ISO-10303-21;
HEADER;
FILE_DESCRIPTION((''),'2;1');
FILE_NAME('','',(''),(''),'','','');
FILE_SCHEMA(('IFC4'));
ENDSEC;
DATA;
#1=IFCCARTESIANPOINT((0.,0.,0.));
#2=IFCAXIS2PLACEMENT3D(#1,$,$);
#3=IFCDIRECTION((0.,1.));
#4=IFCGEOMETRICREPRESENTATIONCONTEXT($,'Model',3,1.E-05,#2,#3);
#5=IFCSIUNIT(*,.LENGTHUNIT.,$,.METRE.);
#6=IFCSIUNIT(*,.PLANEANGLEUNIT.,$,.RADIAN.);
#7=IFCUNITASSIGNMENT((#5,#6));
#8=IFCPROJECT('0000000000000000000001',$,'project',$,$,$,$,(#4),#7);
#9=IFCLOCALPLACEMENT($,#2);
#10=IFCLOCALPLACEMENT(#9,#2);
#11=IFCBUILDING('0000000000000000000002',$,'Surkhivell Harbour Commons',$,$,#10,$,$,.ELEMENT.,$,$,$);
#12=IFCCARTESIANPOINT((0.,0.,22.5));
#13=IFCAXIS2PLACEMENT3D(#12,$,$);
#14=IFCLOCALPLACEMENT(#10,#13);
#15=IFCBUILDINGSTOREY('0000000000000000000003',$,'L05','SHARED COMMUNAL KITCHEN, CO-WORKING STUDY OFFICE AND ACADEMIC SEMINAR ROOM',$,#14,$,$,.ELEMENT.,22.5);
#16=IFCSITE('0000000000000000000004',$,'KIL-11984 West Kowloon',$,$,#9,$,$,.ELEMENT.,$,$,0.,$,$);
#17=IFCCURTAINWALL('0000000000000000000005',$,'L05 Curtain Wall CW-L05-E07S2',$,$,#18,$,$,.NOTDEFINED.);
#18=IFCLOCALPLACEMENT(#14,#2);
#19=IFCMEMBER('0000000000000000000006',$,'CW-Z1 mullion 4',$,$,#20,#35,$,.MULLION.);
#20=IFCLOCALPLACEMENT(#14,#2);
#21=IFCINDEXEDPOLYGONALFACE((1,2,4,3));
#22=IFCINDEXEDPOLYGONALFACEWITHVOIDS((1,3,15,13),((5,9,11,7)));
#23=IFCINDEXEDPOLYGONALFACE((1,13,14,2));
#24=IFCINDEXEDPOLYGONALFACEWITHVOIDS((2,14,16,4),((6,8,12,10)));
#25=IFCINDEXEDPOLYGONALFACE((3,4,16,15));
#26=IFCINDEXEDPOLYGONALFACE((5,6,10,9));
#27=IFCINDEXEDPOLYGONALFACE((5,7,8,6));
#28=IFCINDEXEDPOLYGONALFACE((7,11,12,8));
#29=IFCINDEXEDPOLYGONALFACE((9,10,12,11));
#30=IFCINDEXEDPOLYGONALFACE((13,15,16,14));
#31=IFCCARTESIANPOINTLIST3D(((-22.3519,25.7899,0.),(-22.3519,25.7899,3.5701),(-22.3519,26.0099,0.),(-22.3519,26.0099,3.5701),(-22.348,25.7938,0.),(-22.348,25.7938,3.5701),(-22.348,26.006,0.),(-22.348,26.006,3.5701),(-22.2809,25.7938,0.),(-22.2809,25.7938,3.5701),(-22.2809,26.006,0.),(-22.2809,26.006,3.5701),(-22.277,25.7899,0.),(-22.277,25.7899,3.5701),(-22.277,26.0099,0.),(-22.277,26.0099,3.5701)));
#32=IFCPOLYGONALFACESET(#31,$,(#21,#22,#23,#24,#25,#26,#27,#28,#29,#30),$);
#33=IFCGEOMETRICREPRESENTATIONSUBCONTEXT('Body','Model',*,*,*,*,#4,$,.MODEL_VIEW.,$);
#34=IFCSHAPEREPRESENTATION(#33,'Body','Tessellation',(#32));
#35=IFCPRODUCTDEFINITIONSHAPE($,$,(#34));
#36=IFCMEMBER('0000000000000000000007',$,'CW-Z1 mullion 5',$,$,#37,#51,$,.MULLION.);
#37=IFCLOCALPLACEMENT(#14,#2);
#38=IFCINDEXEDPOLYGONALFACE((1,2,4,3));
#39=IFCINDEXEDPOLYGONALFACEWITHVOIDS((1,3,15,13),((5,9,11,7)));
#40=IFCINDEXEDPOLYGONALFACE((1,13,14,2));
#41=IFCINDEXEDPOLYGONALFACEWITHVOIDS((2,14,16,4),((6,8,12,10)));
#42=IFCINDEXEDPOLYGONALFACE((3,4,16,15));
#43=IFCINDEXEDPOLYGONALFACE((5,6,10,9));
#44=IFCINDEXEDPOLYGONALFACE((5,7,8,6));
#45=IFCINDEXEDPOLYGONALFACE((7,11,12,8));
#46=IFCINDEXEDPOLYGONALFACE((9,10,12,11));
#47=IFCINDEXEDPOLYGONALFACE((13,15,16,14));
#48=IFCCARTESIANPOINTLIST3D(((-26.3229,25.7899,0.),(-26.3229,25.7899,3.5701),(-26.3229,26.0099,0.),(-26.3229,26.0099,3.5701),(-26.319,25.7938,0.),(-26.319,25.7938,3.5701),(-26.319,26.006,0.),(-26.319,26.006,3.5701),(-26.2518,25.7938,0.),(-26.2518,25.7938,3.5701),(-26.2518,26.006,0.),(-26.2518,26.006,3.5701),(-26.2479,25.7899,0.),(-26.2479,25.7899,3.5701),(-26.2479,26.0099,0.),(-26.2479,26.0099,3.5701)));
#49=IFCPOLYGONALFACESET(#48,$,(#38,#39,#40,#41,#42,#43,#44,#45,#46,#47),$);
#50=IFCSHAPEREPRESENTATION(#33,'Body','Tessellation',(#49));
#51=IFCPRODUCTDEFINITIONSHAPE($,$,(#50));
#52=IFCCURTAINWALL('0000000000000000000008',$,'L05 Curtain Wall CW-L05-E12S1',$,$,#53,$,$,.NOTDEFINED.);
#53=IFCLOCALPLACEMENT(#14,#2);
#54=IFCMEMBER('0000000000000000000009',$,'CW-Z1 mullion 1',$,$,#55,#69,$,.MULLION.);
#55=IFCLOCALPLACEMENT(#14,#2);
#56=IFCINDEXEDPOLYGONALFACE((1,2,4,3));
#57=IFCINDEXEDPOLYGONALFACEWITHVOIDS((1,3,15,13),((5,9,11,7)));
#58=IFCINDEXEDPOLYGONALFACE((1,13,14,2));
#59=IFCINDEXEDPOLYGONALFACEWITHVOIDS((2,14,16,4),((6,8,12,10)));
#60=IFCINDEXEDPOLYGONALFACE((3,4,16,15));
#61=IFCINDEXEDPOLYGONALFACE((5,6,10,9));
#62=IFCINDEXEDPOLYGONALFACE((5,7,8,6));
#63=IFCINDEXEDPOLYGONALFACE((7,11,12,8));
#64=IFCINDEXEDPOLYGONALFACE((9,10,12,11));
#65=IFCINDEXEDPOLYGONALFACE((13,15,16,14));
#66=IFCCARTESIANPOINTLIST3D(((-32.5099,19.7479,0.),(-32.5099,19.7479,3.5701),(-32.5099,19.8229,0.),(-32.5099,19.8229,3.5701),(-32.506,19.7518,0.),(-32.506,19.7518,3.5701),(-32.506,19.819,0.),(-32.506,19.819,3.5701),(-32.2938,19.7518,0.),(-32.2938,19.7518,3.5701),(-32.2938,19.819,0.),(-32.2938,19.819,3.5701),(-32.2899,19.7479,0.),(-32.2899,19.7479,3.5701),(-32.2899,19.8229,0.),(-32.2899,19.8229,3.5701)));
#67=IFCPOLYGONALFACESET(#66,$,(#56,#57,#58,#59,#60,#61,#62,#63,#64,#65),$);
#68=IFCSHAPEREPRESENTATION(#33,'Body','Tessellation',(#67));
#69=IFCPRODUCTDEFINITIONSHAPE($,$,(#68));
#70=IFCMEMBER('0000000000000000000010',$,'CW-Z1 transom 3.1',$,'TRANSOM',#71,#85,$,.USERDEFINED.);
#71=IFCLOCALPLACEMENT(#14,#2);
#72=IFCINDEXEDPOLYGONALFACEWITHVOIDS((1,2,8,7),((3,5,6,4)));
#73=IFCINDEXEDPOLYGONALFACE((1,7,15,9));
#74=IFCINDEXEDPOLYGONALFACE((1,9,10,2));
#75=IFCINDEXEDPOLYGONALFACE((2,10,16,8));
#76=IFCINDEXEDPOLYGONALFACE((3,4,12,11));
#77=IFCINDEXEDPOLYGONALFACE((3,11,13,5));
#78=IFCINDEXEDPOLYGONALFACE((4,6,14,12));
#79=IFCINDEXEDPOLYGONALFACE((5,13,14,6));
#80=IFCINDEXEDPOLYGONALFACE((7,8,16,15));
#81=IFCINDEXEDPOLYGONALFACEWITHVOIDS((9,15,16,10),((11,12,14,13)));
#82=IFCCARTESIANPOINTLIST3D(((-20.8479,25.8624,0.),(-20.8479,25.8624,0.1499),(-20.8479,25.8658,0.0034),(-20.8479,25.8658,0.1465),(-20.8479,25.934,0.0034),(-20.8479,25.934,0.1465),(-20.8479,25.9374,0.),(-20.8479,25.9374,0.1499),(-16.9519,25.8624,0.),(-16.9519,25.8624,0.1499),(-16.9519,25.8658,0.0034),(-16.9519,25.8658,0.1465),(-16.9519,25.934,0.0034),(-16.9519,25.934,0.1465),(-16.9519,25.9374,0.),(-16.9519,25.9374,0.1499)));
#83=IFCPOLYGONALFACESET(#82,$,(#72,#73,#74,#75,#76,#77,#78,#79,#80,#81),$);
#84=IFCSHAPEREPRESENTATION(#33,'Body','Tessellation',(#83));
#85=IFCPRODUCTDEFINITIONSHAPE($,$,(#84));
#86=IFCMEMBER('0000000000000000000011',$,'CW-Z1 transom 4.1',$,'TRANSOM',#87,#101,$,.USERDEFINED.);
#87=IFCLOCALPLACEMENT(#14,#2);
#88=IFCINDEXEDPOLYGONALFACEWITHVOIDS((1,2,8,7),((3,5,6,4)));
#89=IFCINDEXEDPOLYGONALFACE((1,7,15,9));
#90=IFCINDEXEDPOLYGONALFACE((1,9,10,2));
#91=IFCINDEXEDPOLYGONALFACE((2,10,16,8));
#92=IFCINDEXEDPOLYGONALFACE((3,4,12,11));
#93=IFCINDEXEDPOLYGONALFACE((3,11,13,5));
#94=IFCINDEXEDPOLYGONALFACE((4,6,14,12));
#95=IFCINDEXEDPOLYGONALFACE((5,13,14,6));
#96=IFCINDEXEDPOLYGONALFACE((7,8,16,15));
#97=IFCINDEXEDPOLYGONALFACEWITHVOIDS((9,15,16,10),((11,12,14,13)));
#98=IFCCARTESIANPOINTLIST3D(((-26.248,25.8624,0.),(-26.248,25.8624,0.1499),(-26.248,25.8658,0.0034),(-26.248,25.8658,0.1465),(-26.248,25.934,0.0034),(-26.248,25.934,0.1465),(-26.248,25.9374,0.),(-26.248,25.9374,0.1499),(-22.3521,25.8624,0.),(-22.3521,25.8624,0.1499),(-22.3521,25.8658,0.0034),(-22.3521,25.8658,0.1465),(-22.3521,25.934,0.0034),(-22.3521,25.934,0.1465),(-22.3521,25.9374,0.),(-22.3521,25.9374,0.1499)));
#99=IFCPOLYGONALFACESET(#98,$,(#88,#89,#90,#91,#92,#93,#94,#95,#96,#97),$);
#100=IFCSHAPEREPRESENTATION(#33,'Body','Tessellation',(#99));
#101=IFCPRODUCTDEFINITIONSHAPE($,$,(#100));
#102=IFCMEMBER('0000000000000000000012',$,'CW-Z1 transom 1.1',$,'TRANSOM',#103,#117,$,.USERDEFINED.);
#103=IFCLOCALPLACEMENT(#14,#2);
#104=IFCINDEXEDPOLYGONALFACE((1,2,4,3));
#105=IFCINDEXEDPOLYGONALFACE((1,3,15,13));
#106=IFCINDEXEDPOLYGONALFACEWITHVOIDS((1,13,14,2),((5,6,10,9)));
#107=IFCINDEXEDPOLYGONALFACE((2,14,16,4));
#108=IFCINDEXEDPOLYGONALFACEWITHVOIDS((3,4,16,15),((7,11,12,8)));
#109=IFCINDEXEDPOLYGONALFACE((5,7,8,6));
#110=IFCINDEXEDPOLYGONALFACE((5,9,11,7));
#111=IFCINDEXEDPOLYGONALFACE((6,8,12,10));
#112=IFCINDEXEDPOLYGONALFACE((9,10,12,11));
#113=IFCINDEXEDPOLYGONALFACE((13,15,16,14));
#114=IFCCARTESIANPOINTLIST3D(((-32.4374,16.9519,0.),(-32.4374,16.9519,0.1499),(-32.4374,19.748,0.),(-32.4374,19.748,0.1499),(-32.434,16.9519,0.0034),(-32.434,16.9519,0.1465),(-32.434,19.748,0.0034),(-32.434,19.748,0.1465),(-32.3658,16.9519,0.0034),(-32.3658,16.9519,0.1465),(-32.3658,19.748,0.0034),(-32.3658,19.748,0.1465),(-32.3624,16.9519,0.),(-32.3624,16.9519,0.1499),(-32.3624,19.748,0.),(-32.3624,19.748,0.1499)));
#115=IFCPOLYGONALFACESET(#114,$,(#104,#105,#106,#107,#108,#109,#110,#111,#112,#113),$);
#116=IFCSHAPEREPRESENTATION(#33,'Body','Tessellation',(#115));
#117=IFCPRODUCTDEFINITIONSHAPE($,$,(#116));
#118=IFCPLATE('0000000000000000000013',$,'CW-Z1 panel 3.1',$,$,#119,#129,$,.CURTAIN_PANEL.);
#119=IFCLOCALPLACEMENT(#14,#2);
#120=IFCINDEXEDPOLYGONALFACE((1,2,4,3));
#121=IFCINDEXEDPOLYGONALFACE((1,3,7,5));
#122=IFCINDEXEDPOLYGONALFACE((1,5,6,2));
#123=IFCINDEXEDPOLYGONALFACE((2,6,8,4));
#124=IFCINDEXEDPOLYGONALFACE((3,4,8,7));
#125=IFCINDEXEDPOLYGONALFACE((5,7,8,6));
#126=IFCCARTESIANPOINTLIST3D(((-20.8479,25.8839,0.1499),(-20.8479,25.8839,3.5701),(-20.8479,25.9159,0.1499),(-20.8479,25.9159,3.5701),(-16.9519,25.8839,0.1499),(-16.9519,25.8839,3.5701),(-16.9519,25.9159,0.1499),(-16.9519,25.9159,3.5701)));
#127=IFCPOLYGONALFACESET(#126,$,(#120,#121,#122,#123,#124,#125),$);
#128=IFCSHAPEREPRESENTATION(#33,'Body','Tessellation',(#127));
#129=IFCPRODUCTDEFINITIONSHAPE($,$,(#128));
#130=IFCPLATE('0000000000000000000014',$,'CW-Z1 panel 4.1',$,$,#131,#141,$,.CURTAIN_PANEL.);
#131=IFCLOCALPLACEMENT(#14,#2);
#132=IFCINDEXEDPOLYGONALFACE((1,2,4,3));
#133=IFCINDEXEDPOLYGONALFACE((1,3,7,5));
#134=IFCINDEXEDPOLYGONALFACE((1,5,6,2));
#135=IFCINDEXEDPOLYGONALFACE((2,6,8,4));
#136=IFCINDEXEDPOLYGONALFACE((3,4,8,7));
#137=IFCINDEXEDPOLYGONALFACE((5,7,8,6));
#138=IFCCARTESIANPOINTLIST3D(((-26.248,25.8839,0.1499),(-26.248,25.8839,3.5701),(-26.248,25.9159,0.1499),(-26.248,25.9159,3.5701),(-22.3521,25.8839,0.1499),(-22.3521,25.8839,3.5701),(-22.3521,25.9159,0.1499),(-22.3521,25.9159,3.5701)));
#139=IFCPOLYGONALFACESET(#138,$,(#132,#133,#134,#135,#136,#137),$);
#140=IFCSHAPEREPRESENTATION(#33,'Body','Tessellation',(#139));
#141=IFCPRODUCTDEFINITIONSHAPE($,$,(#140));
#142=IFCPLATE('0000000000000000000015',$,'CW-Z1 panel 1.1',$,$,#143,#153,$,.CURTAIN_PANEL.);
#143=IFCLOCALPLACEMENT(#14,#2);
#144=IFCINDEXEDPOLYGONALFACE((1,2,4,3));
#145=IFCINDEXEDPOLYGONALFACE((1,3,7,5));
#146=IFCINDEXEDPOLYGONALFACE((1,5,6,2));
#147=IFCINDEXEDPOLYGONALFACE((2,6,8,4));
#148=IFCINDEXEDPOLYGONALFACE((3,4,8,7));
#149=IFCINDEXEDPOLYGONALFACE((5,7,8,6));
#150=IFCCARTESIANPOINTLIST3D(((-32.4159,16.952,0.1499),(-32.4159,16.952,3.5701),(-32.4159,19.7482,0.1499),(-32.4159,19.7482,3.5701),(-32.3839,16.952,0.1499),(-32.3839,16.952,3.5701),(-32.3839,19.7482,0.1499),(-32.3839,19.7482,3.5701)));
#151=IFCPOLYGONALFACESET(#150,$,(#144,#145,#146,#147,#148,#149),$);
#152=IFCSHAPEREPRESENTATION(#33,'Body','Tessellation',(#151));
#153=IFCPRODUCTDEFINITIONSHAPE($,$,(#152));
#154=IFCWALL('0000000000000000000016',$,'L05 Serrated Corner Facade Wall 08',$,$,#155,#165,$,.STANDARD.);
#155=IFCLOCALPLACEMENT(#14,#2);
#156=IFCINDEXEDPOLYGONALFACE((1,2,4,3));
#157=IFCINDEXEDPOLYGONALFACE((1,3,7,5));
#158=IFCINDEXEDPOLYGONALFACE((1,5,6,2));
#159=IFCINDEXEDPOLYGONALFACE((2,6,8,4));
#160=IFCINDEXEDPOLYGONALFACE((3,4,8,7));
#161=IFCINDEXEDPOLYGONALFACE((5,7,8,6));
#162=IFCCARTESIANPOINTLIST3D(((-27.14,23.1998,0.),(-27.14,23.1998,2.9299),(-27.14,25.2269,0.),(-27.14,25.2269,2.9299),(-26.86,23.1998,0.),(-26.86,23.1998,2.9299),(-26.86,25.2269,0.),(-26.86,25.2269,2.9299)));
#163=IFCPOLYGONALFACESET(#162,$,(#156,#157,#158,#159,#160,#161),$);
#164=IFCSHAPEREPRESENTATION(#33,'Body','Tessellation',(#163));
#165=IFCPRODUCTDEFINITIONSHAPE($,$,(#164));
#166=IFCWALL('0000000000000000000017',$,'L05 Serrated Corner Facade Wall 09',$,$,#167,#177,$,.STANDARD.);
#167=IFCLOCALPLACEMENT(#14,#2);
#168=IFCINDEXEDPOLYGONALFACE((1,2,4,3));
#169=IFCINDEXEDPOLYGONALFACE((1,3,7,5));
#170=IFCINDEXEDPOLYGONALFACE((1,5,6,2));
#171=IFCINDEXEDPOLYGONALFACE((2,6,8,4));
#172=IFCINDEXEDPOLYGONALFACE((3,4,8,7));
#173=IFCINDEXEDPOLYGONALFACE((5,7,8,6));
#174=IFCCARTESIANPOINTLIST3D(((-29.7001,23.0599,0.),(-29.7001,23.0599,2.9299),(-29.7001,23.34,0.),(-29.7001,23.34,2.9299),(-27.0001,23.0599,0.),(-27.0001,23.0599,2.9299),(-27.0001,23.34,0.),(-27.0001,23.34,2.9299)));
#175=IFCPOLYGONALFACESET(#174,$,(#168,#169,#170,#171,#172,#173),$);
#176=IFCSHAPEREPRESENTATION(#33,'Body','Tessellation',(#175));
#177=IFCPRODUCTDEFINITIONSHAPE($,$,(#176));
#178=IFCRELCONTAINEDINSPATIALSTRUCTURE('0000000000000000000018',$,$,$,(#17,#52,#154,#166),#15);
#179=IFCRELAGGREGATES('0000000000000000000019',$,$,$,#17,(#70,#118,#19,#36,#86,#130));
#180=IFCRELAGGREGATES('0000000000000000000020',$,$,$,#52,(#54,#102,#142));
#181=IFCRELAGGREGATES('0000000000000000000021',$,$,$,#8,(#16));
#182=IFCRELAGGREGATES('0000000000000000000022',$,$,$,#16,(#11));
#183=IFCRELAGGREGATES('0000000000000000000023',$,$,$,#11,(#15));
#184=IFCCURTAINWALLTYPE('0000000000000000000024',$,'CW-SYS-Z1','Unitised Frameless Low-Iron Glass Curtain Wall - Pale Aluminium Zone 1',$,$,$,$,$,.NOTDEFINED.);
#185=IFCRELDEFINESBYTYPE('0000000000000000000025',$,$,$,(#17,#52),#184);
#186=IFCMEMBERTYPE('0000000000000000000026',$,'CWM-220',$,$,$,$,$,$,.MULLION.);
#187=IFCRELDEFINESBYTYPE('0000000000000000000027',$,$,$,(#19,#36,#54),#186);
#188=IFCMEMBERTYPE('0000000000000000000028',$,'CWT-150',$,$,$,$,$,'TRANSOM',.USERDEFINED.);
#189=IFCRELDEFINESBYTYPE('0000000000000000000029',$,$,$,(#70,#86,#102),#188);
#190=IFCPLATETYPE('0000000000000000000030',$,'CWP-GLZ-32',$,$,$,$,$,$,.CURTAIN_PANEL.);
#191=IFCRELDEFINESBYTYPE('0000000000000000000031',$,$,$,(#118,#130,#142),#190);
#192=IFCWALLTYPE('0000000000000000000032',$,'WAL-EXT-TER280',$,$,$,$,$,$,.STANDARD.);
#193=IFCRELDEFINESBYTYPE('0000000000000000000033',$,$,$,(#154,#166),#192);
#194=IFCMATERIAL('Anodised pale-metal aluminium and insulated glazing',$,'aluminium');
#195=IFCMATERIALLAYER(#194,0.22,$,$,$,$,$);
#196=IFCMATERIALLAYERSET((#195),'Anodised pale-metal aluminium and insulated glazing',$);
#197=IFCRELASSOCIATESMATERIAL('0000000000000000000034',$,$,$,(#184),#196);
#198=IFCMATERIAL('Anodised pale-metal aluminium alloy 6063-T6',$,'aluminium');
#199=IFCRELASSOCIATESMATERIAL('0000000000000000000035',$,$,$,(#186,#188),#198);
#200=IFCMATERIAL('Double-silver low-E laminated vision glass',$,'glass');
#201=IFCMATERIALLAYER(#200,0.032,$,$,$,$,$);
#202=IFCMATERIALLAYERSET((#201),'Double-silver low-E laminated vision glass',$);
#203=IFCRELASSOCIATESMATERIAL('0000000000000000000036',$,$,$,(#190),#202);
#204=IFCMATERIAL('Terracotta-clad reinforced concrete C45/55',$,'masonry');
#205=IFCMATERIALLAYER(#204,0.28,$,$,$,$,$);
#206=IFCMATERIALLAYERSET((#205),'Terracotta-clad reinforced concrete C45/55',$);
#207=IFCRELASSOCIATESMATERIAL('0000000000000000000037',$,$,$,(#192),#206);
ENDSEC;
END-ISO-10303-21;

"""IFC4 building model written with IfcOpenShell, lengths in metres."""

from ifc_helpers import new_model, si_unit, direction, frame, frame_2d, origin, origin_2d, place, context, subcontext, project, spatial, rectangle, hollow_rectangle, extrude, material, layer, layer_set, material_profile, profile_set, type_object, element, aggregate, save


model = new_model("IFC4")

# Units and contexts
model_context = context("Model", 3, precision=1e-05, world=origin(), true_north=direction((0.0, 1.0)))
body_context = subcontext(model_context, "Body", "Model", "MODEL_VIEW")
ifc_project = project(units=[si_unit("LENGTHUNIT", "METRE"), si_unit("PLANEANGLEUNIT", "RADIAN")], contexts=[model_context])

# Site, building, storey
site_placement = place(None, origin())
site = spatial("IfcSite", under=ifc_project, at=site_placement, Name="KIL-11984 West Kowloon", CompositionType="ELEMENT", RefElevation=0.0)
building_placement = place(site_placement, origin())
building = spatial("IfcBuilding", under=site, at=building_placement, Name="Surkhivell Harbour Commons", CompositionType="ELEMENT")
storey_placement = place(building_placement, frame((0.0, 0.0, 22.5)))
storey = spatial("IfcBuildingStorey", under=building, at=storey_placement, Name="L05", Description="SHARED COMMUNAL KITCHEN, CO-WORKING STUDY OFFICE AND ACADEMIC SEMINAR ROOM", CompositionType="ELEMENT", Elevation=22.5)

# Curtain wall, members
ifc_material_1 = material(Name="Anodised pale-metal aluminium and insulated glazing", Category="aluminium")
ifc_layer_1 = layer(ifc_material_1, 0.22)
ifc_layer_set_1 = layer_set([ifc_layer_1], Name="Anodised pale-metal aluminium and insulated glazing")
curtain_wall_type = type_object("IfcCurtainWallType", Name="CW-SYS-Z1", Description="Unitised Frameless Low-Iron Glass Curtain Wall - Pale Aluminium Zone 1", PredefinedType="NOTDEFINED", material=ifc_layer_set_1)
curtain_wall_1_placement = place(storey_placement, origin())
curtain_wall_1 = element("IfcCurtainWall", 1, at=curtain_wall_1_placement, inside=storey, type_object=curtain_wall_type, Name="L05 Curtain Wall CW-L05-E07S2", PredefinedType="NOTDEFINED")
ifc_material_2 = material(Name="Anodised pale-metal aluminium alloy 6063-T6", Category="aluminium")
ifc_material_profile_1 = material_profile(ifc_material_2, hollow_rectangle(XDim=0.075, YDim=0.22, WallThickness=0.0039, at=origin_2d()), Name="ALU-MULL-75x220")
ifc_profile_set_1 = profile_set([ifc_material_profile_1], Name="Anodised pale-metal aluminium alloy 6063-T6")
member_type_1 = type_object("IfcMemberType", Name="CWM-220", PredefinedType="MULLION", material=ifc_profile_set_1)
member_1_placement = place(storey_placement, frame((-22.3145, 25.8999, 0.0), z_axis=(0.0, 0.0, 1.0), x_axis=(-1.0, 0.0, 0.0)))
member_1 = element("IfcMember", 2, at=member_1_placement, type_object=member_type_1, Name="CW-Z1 mullion 4", PredefinedType="MULLION", context=body_context, shape_type="SweptSolid", body=[
    extrude(hollow_rectangle(XDim=0.075, YDim=0.22, WallThickness=0.0039, at=origin_2d()), origin(), (0.0, 0.0, 1.0), 3.5701),
])
member_2_placement = place(storey_placement, frame((-26.2854, 25.8999, 0.0), z_axis=(0.0, 0.0, 1.0), x_axis=(-1.0, 0.0, 0.0)))
member_2 = element("IfcMember", 3, at=member_2_placement, type_object=member_type_1, Name="CW-Z1 mullion 5", PredefinedType="MULLION", context=body_context, shape_type="SweptSolid", body=[
    extrude(hollow_rectangle(XDim=0.075, YDim=0.22, WallThickness=0.0039, at=origin_2d()), origin(), (0.0, 0.0, 1.0), 3.5701),
])

# Curtain wall, member
curtain_wall_2_placement = place(storey_placement, origin())
curtain_wall_2 = element("IfcCurtainWall", 4, at=curtain_wall_2_placement, inside=storey, type_object=curtain_wall_type, Name="L05 Curtain Wall CW-L05-E12S1", PredefinedType="NOTDEFINED")
member_3_placement = place(storey_placement, frame((-32.3999, 19.7854, 0.0), z_axis=(0.0, 0.0, 1.0), x_axis=(0.0, -1.0, 0.0)))
member_3 = element("IfcMember", 5, at=member_3_placement, type_object=member_type_1, Name="CW-Z1 mullion 1", PredefinedType="MULLION", context=body_context, shape_type="SweptSolid", body=[
    extrude(hollow_rectangle(XDim=0.075, YDim=0.22, WallThickness=0.0039, at=origin_2d()), origin(), (0.0, 0.0, 1.0), 3.5701),
])

# Members
ifc_material_profile_2 = material_profile(ifc_material_2, hollow_rectangle(XDim=0.075, YDim=0.1499, WallThickness=0.0034, at=origin_2d()), Name="ALU-TRAN-75x150")
ifc_profile_set_2 = profile_set([ifc_material_profile_2], Name="Anodised pale-metal aluminium alloy 6063-T6")
member_type_2 = type_object("IfcMemberType", Name="CWT-150", ElementType="TRANSOM", PredefinedType="USERDEFINED", material=ifc_profile_set_2)
member_4_placement = place(storey_placement, frame((-16.9519, 25.8999, 0.075), z_axis=(-1.0, 0.0, 0.0), x_axis=(0.0, -1.0, 0.0)))
member_4 = element("IfcMember", 6, at=member_4_placement, type_object=member_type_2, Name="CW-Z1 transom 3.1", ObjectType="TRANSOM", PredefinedType="USERDEFINED", context=body_context, shape_type="SweptSolid", body=[
    extrude(hollow_rectangle(XDim=0.075, YDim=0.1499, WallThickness=0.0034, at=origin_2d()), origin(), (0.0, 0.0, 1.0), 3.896),
])
member_5_placement = place(storey_placement, frame((-22.3521, 25.8999, 0.075), z_axis=(-1.0, 0.0, 0.0), x_axis=(0.0, -1.0, 0.0)))
member_5 = element("IfcMember", 7, at=member_5_placement, type_object=member_type_2, Name="CW-Z1 transom 4.1", ObjectType="TRANSOM", PredefinedType="USERDEFINED", context=body_context, shape_type="SweptSolid", body=[
    extrude(hollow_rectangle(XDim=0.075, YDim=0.1499, WallThickness=0.0034, at=origin_2d()), origin(), (0.0, 0.0, 1.0), 3.896),
])
member_6_placement = place(storey_placement, frame((-32.3999, 19.748, 0.075), z_axis=(0.0, -1.0, 0.0), x_axis=(1.0, 0.0, 0.0)))
member_6 = element("IfcMember", 8, at=member_6_placement, type_object=member_type_2, Name="CW-Z1 transom 1.1", ObjectType="TRANSOM", PredefinedType="USERDEFINED", context=body_context, shape_type="SweptSolid", body=[
    extrude(hollow_rectangle(XDim=0.075, YDim=0.1499, WallThickness=0.0034, at=origin_2d()), origin(), (0.0, 0.0, 1.0), 2.7961),
])

# Plates
ifc_material_3 = material(Name="Double-silver low-E laminated vision glass", Category="glass")
ifc_layer_2 = layer(ifc_material_3, 0.032)
ifc_layer_set_2 = layer_set([ifc_layer_2], Name="Double-silver low-E laminated vision glass")
plate_type = type_object("IfcPlateType", Name="CWP-GLZ-32", PredefinedType="CURTAIN_PANEL", material=ifc_layer_set_2)
plate_1_placement = place(storey_placement, frame((-16.9519, 25.8999, 0.1499), z_axis=(0.0, 0.0, 1.0), x_axis=(-1.0, 0.0, 0.0)))
plate_1 = element("IfcPlate", 9, at=plate_1_placement, type_object=plate_type, Name="CW-Z1 panel 3.1", PredefinedType="CURTAIN_PANEL", context=body_context, shape_type="SweptSolid", body=[
    extrude(rectangle(XDim=3.896, YDim=0.032, at=frame_2d((1.948, 0.0))), origin(), (0.0, 0.0, 1.0), 3.4202),
])
plate_2_placement = place(storey_placement, frame((-22.3521, 25.8999, 0.1499), z_axis=(0.0, 0.0, 1.0), x_axis=(-1.0, 0.0, 0.0)))
plate_2 = element("IfcPlate", 10, at=plate_2_placement, type_object=plate_type, Name="CW-Z1 panel 4.1", PredefinedType="CURTAIN_PANEL", context=body_context, shape_type="SweptSolid", body=[
    extrude(rectangle(XDim=3.896, YDim=0.032, at=frame_2d((1.948, 0.0))), origin(), (0.0, 0.0, 1.0), 3.4202),
])
aggregate(curtain_wall_1, [member_4, plate_1, member_1, member_2, member_5, plate_2])
plate_3_placement = place(storey_placement, frame((-32.3999, 19.748, 0.1499), z_axis=(0.0, 0.0, 1.0), x_axis=(0.0, -1.0, 0.0)))
plate_3 = element("IfcPlate", 11, at=plate_3_placement, type_object=plate_type, Name="CW-Z1 panel 1.1", PredefinedType="CURTAIN_PANEL", context=body_context, shape_type="SweptSolid", body=[
    extrude(rectangle(XDim=2.7961, YDim=0.032, at=frame_2d((1.3979, 0.0))), origin(), (0.0, 0.0, 1.0), 3.4202),
])
aggregate(curtain_wall_2, [member_3, member_6, plate_3])

# Walls
ifc_material_4 = material(Name="Terracotta-clad reinforced concrete C45/55", Category="masonry")
ifc_layer_3 = layer(ifc_material_4, 0.28)
ifc_layer_set_3 = layer_set([ifc_layer_3], Name="Terracotta-clad reinforced concrete C45/55")
wall_type = type_object("IfcWallType", Name="WAL-EXT-TER280", PredefinedType="STANDARD", material=ifc_layer_set_3)
wall_1_placement = place(storey_placement, frame((-27.0, 25.2271, 0.0), z_axis=(0.0, 0.0, 1.0), x_axis=(0.0, -1.0, 0.0)))
element("IfcWall", 12, at=wall_1_placement, inside=storey, type_object=wall_type, Name="L05 Serrated Corner Facade Wall 08", PredefinedType="STANDARD", context=body_context, shape_type="SweptSolid", body=[
    extrude(rectangle(XDim=2.0271, YDim=0.28, at=frame_2d((1.0137, 0.0))), origin(), (0.0, 0.0, 1.0), 2.9299),
])
wall_2_placement = place(storey_placement, frame((-27.0, 23.2, 0.0), z_axis=(0.0, 0.0, 1.0), x_axis=(-1.0, 0.0, 0.0)))
element("IfcWall", 13, at=wall_2_placement, inside=storey, type_object=wall_type, Name="L05 Serrated Corner Facade Wall 09", PredefinedType="STANDARD", context=body_context, shape_type="SweptSolid", body=[
    extrude(rectangle(XDim=2.7, YDim=0.28, at=frame_2d((1.3501, 0.0))), origin(), (0.0, 0.0, 1.0), 2.9299),
])

save(model, "model.ifc")
